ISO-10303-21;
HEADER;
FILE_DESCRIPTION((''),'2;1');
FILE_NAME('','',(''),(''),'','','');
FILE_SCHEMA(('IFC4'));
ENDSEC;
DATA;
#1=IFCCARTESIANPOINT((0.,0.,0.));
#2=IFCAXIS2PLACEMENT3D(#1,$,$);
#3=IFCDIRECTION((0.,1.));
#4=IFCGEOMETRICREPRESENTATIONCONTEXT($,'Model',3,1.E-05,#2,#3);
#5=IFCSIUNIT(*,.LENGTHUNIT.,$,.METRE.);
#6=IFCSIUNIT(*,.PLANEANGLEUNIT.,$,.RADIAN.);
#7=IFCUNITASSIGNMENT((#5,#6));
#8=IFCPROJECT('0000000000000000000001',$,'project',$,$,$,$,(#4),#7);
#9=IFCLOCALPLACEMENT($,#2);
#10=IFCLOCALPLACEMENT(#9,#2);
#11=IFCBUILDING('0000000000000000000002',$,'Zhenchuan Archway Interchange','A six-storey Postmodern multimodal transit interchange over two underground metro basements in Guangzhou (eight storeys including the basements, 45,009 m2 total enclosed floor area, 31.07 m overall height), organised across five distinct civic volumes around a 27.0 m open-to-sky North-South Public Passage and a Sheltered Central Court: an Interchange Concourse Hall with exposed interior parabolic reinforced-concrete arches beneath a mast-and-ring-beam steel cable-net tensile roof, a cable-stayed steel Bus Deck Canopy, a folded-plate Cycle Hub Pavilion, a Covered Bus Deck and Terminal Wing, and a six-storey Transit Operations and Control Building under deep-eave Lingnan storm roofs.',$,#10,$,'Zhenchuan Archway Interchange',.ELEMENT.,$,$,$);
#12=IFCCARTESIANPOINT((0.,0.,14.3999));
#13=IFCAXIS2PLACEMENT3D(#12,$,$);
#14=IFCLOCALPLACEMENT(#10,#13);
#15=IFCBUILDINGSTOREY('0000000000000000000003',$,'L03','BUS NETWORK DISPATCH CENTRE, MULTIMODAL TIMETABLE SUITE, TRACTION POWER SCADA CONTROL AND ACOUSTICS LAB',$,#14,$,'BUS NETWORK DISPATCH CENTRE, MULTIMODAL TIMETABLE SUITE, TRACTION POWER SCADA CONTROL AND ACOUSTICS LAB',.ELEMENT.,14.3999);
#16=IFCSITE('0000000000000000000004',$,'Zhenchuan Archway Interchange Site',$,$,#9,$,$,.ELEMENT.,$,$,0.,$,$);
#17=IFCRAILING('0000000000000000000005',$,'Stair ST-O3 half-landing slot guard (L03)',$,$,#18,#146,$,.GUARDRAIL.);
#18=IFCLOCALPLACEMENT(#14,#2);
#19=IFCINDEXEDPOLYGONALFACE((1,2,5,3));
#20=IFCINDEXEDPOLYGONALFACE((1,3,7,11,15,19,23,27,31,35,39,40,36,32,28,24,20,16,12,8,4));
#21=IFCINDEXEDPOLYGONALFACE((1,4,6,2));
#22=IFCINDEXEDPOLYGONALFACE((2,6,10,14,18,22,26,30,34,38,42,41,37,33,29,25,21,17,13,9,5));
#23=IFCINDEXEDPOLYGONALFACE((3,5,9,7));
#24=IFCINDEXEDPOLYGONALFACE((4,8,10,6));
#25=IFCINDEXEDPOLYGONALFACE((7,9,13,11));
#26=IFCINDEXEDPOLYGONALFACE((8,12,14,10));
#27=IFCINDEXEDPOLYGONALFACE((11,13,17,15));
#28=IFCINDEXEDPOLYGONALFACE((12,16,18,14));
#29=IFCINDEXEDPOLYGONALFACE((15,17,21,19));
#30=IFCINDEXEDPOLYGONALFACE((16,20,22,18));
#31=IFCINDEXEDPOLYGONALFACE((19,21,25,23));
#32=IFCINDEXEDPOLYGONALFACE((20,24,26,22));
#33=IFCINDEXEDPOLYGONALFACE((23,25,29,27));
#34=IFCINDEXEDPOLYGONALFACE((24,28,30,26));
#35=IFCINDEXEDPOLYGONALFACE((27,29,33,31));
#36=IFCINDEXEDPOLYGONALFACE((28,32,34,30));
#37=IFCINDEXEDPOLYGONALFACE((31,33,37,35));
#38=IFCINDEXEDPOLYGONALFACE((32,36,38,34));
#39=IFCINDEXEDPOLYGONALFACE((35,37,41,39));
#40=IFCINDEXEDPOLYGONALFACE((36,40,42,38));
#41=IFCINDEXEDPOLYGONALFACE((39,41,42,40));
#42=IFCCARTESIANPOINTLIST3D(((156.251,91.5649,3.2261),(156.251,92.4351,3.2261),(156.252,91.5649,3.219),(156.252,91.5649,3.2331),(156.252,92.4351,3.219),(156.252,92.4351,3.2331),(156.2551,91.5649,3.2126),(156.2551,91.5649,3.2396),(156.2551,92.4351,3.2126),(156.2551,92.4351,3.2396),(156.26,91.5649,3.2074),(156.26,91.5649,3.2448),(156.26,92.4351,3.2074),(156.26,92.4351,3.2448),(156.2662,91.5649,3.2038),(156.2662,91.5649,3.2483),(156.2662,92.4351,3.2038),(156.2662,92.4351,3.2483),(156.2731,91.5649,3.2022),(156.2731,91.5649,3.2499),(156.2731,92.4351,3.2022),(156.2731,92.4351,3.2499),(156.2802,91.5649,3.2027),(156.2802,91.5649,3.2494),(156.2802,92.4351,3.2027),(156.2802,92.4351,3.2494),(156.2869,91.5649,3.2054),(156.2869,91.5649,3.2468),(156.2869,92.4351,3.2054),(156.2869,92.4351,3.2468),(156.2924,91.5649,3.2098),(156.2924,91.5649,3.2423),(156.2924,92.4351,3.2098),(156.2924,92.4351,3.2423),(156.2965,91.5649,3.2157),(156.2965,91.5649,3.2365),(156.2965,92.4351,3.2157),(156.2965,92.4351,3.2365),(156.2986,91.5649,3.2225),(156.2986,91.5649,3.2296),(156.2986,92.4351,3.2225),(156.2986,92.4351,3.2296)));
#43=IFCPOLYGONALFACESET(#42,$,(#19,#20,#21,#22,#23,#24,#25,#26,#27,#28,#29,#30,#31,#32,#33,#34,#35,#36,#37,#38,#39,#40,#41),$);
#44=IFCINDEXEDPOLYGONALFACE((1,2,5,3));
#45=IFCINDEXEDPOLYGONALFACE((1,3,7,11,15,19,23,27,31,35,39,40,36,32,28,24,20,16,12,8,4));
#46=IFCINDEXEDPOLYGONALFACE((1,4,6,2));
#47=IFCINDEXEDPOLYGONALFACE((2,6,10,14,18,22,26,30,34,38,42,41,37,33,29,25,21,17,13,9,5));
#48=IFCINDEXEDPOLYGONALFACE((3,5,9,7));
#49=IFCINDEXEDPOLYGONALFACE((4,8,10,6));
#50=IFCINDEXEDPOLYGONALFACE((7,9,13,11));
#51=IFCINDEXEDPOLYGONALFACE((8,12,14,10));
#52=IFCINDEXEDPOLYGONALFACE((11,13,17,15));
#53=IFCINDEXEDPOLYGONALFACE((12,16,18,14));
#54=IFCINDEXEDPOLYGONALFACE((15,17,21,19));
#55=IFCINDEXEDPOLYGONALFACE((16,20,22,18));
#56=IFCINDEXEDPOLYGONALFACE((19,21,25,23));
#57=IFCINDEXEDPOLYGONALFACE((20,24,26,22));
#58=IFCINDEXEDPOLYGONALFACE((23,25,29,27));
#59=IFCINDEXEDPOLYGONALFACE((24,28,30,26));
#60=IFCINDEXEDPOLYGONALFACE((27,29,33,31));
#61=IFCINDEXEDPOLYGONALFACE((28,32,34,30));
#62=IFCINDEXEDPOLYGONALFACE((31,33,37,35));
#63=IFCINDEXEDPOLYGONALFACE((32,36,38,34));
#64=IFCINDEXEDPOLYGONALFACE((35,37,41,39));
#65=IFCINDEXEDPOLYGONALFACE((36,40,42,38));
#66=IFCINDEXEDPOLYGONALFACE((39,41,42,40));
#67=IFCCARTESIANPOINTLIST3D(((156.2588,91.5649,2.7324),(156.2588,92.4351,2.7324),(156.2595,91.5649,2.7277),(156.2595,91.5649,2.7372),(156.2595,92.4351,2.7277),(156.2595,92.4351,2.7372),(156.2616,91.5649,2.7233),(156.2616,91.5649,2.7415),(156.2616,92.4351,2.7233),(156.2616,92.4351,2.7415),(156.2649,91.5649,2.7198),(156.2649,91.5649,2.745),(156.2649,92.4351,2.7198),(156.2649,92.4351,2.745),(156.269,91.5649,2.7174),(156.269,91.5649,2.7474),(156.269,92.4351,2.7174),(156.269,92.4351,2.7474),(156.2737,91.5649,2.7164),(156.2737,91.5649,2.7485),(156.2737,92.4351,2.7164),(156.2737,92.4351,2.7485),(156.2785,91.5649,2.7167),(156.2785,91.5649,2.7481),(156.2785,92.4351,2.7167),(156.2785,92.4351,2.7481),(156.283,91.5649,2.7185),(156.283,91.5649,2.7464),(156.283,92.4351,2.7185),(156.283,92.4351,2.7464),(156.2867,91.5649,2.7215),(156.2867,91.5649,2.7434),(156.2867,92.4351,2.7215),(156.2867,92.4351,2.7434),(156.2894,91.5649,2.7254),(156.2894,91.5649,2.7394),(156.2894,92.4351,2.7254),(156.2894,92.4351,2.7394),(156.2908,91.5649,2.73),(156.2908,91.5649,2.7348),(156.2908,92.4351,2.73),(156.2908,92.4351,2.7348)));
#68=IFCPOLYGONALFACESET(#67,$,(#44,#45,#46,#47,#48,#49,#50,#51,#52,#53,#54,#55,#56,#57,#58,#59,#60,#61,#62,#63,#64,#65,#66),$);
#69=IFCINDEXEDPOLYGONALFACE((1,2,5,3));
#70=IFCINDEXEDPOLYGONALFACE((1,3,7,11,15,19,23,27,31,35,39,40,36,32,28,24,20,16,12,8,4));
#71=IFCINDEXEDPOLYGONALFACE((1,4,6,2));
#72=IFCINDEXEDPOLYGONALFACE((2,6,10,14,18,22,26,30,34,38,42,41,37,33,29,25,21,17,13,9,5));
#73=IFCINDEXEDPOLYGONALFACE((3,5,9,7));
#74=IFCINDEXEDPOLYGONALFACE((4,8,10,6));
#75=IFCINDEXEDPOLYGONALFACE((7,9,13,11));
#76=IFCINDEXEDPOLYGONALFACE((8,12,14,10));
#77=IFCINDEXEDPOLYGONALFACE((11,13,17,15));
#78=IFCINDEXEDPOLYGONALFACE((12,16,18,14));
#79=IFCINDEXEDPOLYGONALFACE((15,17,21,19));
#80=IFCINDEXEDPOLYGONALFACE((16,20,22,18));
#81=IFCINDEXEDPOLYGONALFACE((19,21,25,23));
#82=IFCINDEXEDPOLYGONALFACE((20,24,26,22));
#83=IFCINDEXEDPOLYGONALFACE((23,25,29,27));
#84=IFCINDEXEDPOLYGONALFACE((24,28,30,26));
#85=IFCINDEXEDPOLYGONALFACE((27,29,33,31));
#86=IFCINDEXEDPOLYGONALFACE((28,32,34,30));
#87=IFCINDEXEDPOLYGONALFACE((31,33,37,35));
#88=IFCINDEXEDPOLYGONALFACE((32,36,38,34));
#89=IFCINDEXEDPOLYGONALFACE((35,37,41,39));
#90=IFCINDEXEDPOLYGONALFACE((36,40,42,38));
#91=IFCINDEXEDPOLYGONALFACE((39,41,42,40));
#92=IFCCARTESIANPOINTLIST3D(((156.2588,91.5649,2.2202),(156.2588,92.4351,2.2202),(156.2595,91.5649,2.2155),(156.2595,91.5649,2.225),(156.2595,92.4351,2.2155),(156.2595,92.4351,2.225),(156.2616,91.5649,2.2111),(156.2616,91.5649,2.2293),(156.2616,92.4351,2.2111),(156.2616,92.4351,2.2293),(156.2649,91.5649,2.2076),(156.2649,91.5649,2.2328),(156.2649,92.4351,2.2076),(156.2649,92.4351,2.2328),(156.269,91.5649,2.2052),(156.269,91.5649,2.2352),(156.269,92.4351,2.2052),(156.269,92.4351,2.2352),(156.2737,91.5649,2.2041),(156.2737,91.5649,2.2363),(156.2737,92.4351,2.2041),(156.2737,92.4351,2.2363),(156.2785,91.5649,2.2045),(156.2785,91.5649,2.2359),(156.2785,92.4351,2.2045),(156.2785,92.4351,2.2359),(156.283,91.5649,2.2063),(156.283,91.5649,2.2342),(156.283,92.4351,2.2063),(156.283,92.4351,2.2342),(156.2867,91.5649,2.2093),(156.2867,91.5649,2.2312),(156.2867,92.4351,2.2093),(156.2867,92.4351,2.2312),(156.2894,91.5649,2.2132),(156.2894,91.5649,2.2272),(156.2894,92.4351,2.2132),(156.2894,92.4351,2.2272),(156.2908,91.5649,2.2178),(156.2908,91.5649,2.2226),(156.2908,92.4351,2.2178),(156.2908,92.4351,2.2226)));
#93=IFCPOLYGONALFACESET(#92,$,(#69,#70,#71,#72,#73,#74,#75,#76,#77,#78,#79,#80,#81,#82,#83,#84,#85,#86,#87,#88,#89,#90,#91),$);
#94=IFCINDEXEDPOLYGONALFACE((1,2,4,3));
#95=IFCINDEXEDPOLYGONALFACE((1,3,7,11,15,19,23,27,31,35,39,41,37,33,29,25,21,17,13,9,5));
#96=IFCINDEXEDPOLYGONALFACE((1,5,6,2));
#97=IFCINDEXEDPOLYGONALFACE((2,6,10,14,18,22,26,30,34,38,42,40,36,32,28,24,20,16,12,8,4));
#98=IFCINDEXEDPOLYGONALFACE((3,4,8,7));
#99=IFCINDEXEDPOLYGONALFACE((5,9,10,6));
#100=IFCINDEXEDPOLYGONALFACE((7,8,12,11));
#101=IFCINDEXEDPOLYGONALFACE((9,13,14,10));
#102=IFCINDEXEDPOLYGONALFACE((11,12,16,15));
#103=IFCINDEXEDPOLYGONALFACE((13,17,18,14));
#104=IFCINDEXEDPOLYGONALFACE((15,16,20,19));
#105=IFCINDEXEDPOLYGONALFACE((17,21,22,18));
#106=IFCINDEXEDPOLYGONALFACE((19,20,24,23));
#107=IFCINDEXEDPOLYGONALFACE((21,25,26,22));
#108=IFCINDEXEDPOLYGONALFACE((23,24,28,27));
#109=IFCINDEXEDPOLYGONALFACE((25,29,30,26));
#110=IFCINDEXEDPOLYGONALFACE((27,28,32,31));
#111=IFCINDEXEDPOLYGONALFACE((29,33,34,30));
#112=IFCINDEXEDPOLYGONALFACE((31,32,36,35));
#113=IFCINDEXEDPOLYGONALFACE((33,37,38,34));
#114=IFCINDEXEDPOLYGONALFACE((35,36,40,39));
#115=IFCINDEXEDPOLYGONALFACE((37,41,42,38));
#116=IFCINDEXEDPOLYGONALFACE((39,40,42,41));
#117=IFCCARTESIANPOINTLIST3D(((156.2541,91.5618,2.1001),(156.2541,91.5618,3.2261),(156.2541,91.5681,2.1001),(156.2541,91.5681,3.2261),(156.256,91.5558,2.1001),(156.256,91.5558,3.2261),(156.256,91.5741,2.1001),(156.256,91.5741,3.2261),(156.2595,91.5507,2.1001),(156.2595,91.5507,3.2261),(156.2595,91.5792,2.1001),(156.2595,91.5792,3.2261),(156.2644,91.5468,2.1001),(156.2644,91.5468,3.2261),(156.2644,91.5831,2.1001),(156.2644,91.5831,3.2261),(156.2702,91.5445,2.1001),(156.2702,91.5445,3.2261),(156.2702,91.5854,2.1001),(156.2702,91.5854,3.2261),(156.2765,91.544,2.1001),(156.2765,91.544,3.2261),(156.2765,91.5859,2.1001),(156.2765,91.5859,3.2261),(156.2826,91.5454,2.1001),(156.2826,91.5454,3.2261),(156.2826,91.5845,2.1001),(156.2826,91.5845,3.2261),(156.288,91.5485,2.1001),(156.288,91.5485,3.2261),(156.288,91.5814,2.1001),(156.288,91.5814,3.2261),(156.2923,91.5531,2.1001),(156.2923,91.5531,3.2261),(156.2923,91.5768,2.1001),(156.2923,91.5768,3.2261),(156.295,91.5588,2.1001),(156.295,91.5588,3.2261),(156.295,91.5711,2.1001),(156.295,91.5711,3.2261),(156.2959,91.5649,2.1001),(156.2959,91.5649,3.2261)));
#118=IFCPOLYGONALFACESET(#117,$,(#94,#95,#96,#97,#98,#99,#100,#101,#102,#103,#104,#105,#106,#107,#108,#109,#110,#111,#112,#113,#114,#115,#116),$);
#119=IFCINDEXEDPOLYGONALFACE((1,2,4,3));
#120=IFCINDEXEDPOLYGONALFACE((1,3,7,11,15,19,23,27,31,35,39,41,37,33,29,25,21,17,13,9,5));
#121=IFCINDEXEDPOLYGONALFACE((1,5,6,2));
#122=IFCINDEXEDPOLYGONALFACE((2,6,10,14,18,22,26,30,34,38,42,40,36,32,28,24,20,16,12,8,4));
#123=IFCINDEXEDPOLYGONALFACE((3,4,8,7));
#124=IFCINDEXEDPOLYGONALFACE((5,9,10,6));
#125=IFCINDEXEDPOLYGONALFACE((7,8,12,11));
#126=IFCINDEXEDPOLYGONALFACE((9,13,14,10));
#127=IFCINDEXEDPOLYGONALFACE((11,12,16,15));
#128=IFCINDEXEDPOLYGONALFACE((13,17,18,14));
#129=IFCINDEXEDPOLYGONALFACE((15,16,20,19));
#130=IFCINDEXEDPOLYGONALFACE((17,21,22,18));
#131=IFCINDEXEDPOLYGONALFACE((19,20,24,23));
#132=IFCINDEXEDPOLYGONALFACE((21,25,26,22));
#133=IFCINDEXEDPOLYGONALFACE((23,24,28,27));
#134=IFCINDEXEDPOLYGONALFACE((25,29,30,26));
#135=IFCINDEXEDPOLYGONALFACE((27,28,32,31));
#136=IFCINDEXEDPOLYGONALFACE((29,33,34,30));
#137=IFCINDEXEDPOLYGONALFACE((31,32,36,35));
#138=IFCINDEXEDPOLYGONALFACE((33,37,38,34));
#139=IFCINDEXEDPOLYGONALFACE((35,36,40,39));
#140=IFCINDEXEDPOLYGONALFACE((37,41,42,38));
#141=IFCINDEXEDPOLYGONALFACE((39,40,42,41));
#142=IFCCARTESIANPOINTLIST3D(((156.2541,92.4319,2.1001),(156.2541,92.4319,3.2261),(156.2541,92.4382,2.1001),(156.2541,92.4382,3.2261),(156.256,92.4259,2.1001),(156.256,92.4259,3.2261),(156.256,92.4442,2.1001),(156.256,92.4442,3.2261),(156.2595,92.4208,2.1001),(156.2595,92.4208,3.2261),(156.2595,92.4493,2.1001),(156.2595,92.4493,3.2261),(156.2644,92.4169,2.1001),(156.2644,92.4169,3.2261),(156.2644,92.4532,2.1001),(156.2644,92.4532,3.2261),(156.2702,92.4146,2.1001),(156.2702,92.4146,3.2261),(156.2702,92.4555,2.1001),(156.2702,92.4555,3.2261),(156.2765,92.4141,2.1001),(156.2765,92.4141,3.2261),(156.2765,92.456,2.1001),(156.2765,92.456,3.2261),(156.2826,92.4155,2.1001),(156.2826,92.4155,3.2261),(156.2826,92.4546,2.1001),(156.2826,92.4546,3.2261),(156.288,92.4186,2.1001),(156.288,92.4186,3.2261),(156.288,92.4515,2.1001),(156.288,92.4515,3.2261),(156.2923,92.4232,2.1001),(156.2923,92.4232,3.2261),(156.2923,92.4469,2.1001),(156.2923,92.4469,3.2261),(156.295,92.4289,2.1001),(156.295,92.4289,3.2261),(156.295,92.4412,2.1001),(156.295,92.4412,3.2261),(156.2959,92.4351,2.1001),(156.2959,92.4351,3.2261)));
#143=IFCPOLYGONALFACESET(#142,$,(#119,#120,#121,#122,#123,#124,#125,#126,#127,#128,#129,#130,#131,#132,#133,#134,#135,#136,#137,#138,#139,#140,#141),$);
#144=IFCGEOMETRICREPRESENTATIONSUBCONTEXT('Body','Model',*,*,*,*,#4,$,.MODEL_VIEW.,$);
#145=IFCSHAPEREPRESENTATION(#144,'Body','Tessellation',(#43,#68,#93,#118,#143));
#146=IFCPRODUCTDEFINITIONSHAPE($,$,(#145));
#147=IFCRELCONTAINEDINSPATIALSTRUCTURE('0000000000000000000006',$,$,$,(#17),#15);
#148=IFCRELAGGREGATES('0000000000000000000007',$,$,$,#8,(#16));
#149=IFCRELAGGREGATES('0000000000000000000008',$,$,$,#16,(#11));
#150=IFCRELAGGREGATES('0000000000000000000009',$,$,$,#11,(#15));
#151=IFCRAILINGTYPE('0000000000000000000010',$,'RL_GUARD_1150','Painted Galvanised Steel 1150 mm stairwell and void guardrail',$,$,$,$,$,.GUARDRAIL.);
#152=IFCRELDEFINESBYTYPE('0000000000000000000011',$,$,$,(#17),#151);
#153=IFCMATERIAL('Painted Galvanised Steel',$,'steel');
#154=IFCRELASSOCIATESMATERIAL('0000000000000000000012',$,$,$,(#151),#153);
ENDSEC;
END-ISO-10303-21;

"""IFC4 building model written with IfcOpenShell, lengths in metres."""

from ifc_helpers import new_model, si_unit, direction, frame, origin, origin_2d, place, context, subcontext, project, spatial, circle, extrude, material, type_object, element, save


model = new_model("IFC4")

# Units and contexts
model_context = context("Model", 3, precision=1e-05, world=origin(), true_north=direction((0.0, 1.0)))
body_context = subcontext(model_context, "Body", "Model", "MODEL_VIEW")
ifc_project = project(units=[si_unit("LENGTHUNIT", "METRE"), si_unit("PLANEANGLEUNIT", "RADIAN")], contexts=[model_context])

# Site, building, storey
site_placement = place(None, origin())
site = spatial("IfcSite", under=ifc_project, at=site_placement, Name="Zhenchuan Archway Interchange Site", CompositionType="ELEMENT", RefElevation=0.0)
building_placement = place(site_placement, origin())
building = spatial("IfcBuilding", under=site, at=building_placement, Name="Zhenchuan Archway Interchange", Description="A six-storey Postmodern multimodal transit interchange over two underground metro basements in Guangzhou (eight storeys including the basements, 45,009 m2 total enclosed floor area, 31.07 m overall height), organised across five distinct civic volumes around a 27.0 m open-to-sky North-South Public Passage and a Sheltered Central Court: an Interchange Concourse Hall with exposed interior parabolic reinforced-concrete arches beneath a mast-and-ring-beam steel cable-net tensile roof, a cable-stayed steel Bus Deck Canopy, a folded-plate Cycle Hub Pavilion, a Covered Bus Deck and Terminal Wing, and a six-storey Transit Operations and Control Building under deep-eave Lingnan storm roofs.", LongName="Zhenchuan Archway Interchange", CompositionType="ELEMENT")
storey_placement = place(building_placement, frame((0.0, 0.0, 14.3999)))
storey = spatial("IfcBuildingStorey", under=building, at=storey_placement, Name="L03", Description="BUS NETWORK DISPATCH CENTRE, MULTIMODAL TIMETABLE SUITE, TRACTION POWER SCADA CONTROL AND ACOUSTICS LAB", LongName="BUS NETWORK DISPATCH CENTRE, MULTIMODAL TIMETABLE SUITE, TRACTION POWER SCADA CONTROL AND ACOUSTICS LAB", CompositionType="ELEMENT", Elevation=14.3999)

# Shared definitions
ifc_material_1 = material(Name="Painted Galvanised Steel", Category="steel")

# Railing
railing_type_1 = type_object("IfcRailingType", Name="RL_GUARD_1150", Description="Painted Galvanised Steel 1150 mm stairwell and void guardrail", PredefinedType="GUARDRAIL", material=ifc_material_1)
railing_placement = place(storey_placement, frame((156.2749, 91.5649, 2.1001)))
element("IfcRailing", 1, at=railing_placement, inside=storey, type_object=railing_type_1, Name="Stair ST-O3 half-landing slot guard (L03)", PredefinedType="GUARDRAIL", context=body_context, shape_type="SweptSolid", body=[
    extrude(circle(Radius=0.0239, at=origin_2d()), frame((0.0, 0.0, 1.126), z_axis=(0.0, 1.0, 0.0), x_axis=(-1.0, 0.0, 0.0)), (0.0, 0.0, 1.0), 0.8701),
    extrude(circle(Radius=0.0161, at=origin_2d()), frame((0.0, 0.0, 0.6323), z_axis=(0.0, 1.0, 0.0), x_axis=(-1.0, 0.0, 0.0)), (0.0, 0.0, 1.0), 0.8701),
    extrude(circle(Radius=0.0161, at=origin_2d()), frame((0.0, 0.0, 0.1201), z_axis=(0.0, 1.0, 0.0), x_axis=(-1.0, 0.0, 0.0)), (0.0, 0.0, 1.0), 0.8701),
    extrude(circle(Radius=0.021, at=origin_2d()), origin(), (0.0, 0.0, 1.0), 1.126),
    extrude(circle(Radius=0.021, at=origin_2d()), frame((0.0, 0.8701, 0.0)), (0.0, 0.0, 1.0), 1.126),
])

save(model, "model.ifc")
